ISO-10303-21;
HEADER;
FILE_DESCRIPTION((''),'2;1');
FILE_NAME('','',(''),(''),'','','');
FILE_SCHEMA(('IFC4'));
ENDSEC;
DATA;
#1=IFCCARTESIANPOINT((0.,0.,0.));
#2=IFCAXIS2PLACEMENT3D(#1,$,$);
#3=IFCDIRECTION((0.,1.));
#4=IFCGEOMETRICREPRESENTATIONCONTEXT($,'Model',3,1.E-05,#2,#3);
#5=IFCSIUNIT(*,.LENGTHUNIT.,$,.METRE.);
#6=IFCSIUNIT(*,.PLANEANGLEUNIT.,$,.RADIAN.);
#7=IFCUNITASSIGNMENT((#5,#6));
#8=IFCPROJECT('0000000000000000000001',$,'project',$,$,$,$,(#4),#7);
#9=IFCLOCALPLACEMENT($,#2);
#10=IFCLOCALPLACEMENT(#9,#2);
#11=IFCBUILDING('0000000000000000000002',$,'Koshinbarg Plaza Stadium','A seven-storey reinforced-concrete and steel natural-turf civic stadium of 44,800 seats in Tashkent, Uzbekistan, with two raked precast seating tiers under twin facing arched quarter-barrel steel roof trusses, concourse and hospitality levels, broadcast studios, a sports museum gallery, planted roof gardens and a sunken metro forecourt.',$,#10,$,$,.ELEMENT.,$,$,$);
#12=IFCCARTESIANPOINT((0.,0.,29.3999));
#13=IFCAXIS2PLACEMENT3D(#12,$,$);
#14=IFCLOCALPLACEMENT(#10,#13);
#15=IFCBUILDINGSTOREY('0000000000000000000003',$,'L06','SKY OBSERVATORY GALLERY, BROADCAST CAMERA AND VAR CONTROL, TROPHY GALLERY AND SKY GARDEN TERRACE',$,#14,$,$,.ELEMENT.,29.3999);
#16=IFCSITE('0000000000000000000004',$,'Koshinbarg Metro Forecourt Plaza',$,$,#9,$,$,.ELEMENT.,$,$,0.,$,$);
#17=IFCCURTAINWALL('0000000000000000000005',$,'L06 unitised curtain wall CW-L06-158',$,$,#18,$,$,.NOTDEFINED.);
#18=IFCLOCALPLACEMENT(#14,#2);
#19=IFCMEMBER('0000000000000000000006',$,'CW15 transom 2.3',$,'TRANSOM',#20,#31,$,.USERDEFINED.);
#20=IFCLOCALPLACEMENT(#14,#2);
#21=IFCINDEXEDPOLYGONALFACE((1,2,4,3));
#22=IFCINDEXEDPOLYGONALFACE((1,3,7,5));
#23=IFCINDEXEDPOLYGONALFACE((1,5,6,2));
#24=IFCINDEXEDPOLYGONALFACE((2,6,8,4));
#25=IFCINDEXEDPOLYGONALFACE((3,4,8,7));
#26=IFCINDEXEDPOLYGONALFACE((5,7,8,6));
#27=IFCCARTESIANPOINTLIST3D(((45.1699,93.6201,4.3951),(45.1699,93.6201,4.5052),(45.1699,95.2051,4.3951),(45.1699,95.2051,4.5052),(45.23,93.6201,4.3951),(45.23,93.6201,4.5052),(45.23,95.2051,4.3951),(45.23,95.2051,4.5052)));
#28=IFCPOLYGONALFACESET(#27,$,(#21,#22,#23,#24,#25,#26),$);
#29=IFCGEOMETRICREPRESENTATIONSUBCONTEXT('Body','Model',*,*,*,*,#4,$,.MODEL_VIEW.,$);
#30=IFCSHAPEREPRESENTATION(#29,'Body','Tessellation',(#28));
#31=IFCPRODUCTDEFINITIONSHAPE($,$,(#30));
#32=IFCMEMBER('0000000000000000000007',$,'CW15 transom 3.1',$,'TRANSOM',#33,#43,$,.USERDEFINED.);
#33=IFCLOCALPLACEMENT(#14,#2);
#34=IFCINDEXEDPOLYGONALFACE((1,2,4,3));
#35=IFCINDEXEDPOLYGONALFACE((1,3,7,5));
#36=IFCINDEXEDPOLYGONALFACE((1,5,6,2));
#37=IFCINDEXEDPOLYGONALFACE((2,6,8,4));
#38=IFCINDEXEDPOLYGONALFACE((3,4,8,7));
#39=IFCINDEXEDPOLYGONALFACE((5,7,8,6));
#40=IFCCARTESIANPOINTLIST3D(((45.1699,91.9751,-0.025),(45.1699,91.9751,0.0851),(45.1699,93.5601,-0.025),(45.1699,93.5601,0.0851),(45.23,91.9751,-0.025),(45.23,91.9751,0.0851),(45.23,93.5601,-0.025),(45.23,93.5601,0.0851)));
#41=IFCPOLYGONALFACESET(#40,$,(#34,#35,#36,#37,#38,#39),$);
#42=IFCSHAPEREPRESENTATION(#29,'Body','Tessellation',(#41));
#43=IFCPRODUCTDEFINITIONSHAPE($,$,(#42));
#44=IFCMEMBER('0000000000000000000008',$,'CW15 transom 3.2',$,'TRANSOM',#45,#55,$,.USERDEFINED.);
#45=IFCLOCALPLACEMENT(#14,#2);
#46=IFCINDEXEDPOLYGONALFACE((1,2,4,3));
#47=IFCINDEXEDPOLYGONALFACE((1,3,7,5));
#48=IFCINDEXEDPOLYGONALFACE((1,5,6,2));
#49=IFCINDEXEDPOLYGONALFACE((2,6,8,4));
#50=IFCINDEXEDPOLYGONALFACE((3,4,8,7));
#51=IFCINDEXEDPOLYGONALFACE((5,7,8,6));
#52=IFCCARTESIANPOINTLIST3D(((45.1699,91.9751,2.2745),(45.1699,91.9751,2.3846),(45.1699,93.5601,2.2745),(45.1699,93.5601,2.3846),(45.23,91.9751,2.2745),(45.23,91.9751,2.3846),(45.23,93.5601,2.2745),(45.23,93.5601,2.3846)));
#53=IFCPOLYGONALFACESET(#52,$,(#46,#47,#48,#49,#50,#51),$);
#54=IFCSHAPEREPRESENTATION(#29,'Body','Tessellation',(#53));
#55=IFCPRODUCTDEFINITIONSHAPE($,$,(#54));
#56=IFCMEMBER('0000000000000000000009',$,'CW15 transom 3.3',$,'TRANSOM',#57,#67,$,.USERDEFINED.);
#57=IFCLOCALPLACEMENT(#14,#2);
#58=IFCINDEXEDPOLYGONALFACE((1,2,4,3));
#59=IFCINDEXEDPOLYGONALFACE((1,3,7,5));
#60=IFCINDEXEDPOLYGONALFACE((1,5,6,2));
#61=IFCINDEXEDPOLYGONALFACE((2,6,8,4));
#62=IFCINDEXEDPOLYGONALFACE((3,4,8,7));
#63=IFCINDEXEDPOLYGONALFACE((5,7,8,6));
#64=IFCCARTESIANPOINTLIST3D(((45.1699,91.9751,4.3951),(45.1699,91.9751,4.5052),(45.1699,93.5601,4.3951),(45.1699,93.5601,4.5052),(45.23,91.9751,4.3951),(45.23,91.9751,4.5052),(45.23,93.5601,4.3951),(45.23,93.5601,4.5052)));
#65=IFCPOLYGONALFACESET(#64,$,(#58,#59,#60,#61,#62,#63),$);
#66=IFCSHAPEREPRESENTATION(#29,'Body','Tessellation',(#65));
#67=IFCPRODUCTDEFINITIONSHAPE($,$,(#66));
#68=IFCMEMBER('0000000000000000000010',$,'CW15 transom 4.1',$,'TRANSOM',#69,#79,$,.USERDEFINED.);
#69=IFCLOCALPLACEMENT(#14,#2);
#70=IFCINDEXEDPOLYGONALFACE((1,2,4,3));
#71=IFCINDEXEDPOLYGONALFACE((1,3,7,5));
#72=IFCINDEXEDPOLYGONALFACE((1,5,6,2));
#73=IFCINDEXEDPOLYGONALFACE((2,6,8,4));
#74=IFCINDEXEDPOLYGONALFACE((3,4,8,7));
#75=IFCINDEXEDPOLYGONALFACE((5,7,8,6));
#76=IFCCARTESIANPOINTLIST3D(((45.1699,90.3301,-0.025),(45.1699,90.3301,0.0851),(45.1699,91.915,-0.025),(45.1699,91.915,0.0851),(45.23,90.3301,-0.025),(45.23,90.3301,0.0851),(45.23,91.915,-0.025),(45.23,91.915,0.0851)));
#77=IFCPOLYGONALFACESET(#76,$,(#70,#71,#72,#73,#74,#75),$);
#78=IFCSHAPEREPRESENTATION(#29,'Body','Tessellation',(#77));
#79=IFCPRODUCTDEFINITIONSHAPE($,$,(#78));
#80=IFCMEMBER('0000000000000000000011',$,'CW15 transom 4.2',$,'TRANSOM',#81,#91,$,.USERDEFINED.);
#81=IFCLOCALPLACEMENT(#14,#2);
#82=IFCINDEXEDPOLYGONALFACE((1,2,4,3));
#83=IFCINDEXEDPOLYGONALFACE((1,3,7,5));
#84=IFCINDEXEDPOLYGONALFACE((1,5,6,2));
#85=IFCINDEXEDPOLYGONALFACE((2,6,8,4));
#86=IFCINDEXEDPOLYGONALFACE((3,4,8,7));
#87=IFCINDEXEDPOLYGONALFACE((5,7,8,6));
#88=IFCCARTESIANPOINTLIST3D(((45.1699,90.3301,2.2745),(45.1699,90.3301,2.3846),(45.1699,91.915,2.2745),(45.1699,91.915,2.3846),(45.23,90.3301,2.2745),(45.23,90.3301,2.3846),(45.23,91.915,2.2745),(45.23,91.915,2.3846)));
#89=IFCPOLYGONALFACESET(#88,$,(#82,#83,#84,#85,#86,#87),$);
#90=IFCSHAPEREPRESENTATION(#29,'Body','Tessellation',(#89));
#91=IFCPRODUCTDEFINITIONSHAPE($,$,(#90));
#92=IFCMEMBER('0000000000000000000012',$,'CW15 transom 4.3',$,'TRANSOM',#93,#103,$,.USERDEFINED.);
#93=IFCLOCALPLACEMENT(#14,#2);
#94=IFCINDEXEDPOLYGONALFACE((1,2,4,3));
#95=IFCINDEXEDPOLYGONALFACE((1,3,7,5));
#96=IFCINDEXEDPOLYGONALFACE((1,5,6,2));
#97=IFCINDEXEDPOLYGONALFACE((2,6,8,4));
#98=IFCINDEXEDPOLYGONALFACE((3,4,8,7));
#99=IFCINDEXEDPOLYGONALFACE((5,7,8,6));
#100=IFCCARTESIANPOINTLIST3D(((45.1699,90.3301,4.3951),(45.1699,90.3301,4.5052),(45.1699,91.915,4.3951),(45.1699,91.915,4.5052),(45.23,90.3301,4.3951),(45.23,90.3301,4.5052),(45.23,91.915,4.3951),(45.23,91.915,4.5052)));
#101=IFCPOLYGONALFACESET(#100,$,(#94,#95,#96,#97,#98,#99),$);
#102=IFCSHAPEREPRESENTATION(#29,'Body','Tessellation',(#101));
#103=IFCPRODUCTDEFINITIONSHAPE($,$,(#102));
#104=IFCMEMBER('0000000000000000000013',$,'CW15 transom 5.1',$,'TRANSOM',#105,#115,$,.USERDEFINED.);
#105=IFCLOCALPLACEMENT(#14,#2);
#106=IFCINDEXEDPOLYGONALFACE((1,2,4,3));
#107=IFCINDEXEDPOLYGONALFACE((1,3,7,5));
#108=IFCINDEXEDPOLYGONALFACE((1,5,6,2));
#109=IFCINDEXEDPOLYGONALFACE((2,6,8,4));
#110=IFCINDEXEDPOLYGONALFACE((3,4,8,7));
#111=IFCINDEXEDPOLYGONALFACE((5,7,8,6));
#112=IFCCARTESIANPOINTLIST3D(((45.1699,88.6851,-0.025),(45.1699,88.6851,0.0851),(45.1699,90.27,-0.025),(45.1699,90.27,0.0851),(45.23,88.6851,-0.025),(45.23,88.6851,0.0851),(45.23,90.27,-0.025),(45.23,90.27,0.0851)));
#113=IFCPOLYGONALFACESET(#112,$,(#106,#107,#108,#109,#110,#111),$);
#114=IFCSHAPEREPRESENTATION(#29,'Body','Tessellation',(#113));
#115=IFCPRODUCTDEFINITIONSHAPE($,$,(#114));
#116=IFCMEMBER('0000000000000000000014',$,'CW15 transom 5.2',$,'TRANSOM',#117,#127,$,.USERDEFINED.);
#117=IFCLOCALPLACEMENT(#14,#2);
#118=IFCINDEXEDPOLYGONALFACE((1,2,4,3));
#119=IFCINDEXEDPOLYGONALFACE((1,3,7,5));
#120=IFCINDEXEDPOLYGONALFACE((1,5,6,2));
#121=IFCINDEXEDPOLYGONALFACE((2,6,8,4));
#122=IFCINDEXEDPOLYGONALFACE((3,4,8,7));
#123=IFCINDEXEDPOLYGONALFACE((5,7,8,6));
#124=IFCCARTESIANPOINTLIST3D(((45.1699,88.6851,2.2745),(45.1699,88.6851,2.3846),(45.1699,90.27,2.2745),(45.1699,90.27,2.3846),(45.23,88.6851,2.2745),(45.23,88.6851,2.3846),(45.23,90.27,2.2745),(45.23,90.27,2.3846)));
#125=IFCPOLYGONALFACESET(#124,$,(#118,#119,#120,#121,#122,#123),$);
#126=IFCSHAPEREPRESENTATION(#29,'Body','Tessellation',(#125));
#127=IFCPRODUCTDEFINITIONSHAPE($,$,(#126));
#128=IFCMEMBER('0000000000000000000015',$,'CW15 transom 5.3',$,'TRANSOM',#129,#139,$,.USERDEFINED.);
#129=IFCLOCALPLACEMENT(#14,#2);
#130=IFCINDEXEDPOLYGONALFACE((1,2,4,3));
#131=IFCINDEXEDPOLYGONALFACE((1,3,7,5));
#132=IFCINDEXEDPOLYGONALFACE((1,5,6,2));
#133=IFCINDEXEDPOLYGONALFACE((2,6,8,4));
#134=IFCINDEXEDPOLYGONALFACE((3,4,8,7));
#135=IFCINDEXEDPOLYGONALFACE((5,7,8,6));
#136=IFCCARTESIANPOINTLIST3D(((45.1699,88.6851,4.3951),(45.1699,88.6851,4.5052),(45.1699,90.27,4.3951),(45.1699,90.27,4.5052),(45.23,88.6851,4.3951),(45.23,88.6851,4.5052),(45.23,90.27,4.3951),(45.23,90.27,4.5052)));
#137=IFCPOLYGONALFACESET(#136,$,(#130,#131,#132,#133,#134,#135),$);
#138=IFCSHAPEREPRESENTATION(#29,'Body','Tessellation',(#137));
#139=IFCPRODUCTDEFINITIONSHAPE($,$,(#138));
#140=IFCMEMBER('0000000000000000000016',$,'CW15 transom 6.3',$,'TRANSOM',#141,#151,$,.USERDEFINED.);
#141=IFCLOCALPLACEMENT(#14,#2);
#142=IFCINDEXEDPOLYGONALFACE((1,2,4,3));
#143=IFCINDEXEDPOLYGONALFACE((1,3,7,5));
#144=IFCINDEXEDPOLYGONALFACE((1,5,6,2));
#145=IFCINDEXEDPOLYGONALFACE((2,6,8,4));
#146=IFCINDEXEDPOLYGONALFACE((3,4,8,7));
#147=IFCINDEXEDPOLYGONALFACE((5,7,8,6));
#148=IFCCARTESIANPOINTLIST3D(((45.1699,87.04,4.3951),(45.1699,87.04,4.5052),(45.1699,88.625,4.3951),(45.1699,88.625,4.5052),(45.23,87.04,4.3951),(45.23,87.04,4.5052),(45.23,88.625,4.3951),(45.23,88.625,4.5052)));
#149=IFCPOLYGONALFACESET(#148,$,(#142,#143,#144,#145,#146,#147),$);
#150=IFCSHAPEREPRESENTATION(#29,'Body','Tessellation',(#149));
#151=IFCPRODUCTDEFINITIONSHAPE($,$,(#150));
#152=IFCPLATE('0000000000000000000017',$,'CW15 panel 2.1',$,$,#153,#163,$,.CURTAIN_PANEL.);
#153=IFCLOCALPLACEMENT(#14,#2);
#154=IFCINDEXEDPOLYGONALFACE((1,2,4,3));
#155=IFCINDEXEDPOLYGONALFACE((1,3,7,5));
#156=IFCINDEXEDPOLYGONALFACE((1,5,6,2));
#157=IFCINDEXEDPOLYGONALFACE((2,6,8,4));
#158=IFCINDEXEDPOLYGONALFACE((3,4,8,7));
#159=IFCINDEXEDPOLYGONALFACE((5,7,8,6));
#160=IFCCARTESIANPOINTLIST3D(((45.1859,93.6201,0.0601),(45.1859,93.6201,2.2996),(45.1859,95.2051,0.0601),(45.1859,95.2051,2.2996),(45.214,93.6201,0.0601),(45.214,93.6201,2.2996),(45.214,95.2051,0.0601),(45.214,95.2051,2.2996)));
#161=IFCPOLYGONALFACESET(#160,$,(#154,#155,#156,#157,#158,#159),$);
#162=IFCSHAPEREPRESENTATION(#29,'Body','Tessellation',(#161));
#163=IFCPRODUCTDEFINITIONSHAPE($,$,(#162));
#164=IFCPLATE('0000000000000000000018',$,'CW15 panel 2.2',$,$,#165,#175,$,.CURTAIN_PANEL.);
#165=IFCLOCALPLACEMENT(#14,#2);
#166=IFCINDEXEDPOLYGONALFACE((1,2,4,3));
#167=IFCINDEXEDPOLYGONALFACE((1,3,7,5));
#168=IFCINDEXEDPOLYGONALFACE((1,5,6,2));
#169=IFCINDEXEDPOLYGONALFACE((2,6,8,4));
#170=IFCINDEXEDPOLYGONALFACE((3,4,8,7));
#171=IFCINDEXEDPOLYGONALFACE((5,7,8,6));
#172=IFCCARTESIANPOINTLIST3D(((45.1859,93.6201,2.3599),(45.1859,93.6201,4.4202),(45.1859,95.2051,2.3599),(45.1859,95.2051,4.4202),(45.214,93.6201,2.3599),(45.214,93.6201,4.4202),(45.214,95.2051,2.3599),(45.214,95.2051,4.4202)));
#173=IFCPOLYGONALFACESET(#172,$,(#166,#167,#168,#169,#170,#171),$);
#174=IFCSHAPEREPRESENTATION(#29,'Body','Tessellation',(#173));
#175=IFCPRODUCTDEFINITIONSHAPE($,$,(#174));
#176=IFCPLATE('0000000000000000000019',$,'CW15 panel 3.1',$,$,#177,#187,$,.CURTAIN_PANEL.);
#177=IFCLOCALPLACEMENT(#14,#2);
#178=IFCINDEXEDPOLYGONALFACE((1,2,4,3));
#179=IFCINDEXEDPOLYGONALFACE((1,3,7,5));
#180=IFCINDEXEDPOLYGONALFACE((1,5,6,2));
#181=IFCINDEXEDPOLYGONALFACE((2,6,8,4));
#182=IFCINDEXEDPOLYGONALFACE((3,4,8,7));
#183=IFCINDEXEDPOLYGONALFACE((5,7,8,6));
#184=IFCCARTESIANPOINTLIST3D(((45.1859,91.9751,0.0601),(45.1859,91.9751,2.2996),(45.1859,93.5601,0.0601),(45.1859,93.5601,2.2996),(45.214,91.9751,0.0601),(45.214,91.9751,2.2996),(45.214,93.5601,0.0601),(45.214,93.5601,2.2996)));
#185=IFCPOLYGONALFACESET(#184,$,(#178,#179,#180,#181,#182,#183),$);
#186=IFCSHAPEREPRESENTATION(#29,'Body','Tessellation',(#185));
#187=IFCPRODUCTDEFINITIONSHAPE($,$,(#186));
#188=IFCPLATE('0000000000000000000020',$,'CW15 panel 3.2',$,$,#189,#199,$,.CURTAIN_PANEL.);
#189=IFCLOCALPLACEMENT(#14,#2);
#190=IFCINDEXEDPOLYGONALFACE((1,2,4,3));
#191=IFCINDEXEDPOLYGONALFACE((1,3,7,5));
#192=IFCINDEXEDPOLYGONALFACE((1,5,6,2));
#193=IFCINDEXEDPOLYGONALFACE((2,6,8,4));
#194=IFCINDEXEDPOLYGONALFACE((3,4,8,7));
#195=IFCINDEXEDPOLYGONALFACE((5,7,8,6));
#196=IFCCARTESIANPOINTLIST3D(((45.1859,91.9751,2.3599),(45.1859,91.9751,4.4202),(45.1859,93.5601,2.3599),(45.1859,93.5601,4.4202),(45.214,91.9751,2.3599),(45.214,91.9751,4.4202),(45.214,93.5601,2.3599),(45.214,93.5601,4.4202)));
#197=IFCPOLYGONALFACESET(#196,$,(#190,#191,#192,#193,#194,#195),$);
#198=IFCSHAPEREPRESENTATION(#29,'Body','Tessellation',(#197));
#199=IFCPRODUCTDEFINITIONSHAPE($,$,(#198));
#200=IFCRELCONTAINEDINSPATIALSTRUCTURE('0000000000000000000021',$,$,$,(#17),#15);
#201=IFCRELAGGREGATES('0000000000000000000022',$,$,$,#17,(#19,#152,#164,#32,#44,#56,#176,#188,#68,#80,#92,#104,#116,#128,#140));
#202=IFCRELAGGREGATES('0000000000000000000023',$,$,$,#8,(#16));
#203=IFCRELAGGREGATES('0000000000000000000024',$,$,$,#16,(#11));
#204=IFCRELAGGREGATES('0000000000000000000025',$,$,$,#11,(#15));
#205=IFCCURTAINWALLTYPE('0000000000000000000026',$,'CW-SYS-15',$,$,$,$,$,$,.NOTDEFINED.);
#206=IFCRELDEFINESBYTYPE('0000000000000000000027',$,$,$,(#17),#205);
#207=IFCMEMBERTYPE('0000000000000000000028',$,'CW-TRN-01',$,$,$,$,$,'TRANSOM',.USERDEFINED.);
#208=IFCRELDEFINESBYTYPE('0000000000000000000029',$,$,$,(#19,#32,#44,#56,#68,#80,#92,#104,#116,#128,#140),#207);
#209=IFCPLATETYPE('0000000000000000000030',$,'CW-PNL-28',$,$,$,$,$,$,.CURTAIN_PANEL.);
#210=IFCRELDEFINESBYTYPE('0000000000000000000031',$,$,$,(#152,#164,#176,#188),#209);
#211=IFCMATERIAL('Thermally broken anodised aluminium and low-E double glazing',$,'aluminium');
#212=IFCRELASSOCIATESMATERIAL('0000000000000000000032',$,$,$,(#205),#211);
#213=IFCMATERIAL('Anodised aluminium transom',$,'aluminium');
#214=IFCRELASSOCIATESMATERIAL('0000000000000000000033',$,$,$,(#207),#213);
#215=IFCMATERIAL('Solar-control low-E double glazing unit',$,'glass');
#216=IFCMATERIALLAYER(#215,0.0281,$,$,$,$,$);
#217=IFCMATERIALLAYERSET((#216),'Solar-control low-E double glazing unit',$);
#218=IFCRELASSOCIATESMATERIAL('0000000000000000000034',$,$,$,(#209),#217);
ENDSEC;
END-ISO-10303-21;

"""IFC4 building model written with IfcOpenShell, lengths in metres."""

from ifc_helpers import new_model, si_unit, direction, frame, origin, origin_2d, place, context, subcontext, project, spatial, rectangle, extrude, material, layer, layer_set, material_profile, profile_set, type_object, element, aggregate, save


model = new_model("IFC4")

# Units and contexts
model_context = context("Model", 3, precision=1e-05, world=origin(), true_north=direction((0.0, 1.0)))
body_context = subcontext(model_context, "Body", "Model", "MODEL_VIEW")
ifc_project = project(units=[si_unit("LENGTHUNIT", "METRE"), si_unit("PLANEANGLEUNIT", "RADIAN")], contexts=[model_context])

# Site, building, storey
site_placement = place(None, origin())
site = spatial("IfcSite", under=ifc_project, at=site_placement, Name="Koshinbarg Metro Forecourt Plaza", CompositionType="ELEMENT", RefElevation=0.0)
building_placement = place(site_placement, origin())
building = spatial("IfcBuilding", under=site, at=building_placement, Name="Koshinbarg Plaza Stadium", Description="A seven-storey reinforced-concrete and steel natural-turf civic stadium of 44,800 seats in Tashkent, Uzbekistan, with two raked precast seating tiers under twin facing arched quarter-barrel steel roof trusses, concourse and hospitality levels, broadcast studios, a sports museum gallery, planted roof gardens and a sunken metro forecourt.", CompositionType="ELEMENT")
storey_placement = place(building_placement, frame((0.0, 0.0, 29.3999)))
storey = spatial("IfcBuildingStorey", under=building, at=storey_placement, Name="L06", Description="SKY OBSERVATORY GALLERY, BROADCAST CAMERA AND VAR CONTROL, TROPHY GALLERY AND SKY GARDEN TERRACE", CompositionType="ELEMENT", Elevation=29.3999)

# Curtain wall, members, plates
ifc_material_1 = material(Name="Thermally broken anodised aluminium and low-E double glazing", Category="aluminium")
curtain_wall_type = type_object("IfcCurtainWallType", Name="CW-SYS-15", PredefinedType="NOTDEFINED", material=ifc_material_1)
curtain_wall_placement = place(storey_placement, origin())
curtain_wall = element("IfcCurtainWall", 1, at=curtain_wall_placement, inside=storey, type_object=curtain_wall_type, Name="L06 unitised curtain wall CW-L06-158", PredefinedType="NOTDEFINED")
ifc_material_2 = material(Name="Anodised aluminium transom", Category="aluminium")
ifc_material_profile = material_profile(ifc_material_2, rectangle(XDim=0.0601, YDim=0.1101, at=origin_2d()), Name="ALU 60x110")
ifc_profile_set = profile_set([ifc_material_profile], Name="Anodised aluminium transom")
member_type = type_object("IfcMemberType", Name="CW-TRN-01", ElementType="TRANSOM", PredefinedType="USERDEFINED", material=ifc_profile_set)
member_1_placement = place(storey_placement, frame((45.2, 95.2051, 4.4502), z_axis=(0.0, -1.0, 0.0), x_axis=(1.0, 0.0, 0.0)))
member_1 = element("IfcMember", 2, at=member_1_placement, type_object=member_type, Name="CW15 transom 2.3", ObjectType="TRANSOM", PredefinedType="USERDEFINED", context=body_context, shape_type="SweptSolid", body=[
    extrude(rectangle(XDim=0.0601, YDim=0.1101, at=origin_2d()), origin(), (0.0, 0.0, 1.0), 1.585),
])
member_2_placement = place(storey_placement, frame((45.2, 93.5601, 0.03), z_axis=(0.0, -1.0, 0.0), x_axis=(1.0, 0.0, 0.0)))
member_2 = element("IfcMember", 3, at=member_2_placement, type_object=member_type, Name="CW15 transom 3.1", ObjectType="TRANSOM", PredefinedType="USERDEFINED", context=body_context, shape_type="SweptSolid", body=[
    extrude(rectangle(XDim=0.0601, YDim=0.1101, at=origin_2d()), origin(), (0.0, 0.0, 1.0), 1.585),
])
member_3_placement = place(storey_placement, frame((45.2, 93.5601, 2.3296), z_axis=(0.0, -1.0, 0.0), x_axis=(1.0, 0.0, 0.0)))
member_3 = element("IfcMember", 4, at=member_3_placement, type_object=member_type, Name="CW15 transom 3.2", ObjectType="TRANSOM", PredefinedType="USERDEFINED", context=body_context, shape_type="SweptSolid", body=[
    extrude(rectangle(XDim=0.0601, YDim=0.1101, at=origin_2d()), origin(), (0.0, 0.0, 1.0), 1.585),
])
member_4_placement = place(storey_placement, frame((45.2, 93.5601, 4.4502), z_axis=(0.0, -1.0, 0.0), x_axis=(1.0, 0.0, 0.0)))
member_4 = element("IfcMember", 5, at=member_4_placement, type_object=member_type, Name="CW15 transom 3.3", ObjectType="TRANSOM", PredefinedType="USERDEFINED", context=body_context, shape_type="SweptSolid", body=[
    extrude(rectangle(XDim=0.0601, YDim=0.1101, at=origin_2d()), origin(), (0.0, 0.0, 1.0), 1.585),
])
member_5_placement = place(storey_placement, frame((45.2, 91.915, 0.03), z_axis=(0.0, -1.0, 0.0), x_axis=(1.0, 0.0, 0.0)))
member_5 = element("IfcMember", 6, at=member_5_placement, type_object=member_type, Name="CW15 transom 4.1", ObjectType="TRANSOM", PredefinedType="USERDEFINED", context=body_context, shape_type="SweptSolid", body=[
    extrude(rectangle(XDim=0.0601, YDim=0.1101, at=origin_2d()), origin(), (0.0, 0.0, 1.0), 1.585),
])
member_6_placement = place(storey_placement, frame((45.2, 91.915, 2.3296), z_axis=(0.0, -1.0, 0.0), x_axis=(1.0, 0.0, 0.0)))
member_6 = element("IfcMember", 7, at=member_6_placement, type_object=member_type, Name="CW15 transom 4.2", ObjectType="TRANSOM", PredefinedType="USERDEFINED", context=body_context, shape_type="SweptSolid", body=[
    extrude(rectangle(XDim=0.0601, YDim=0.1101, at=origin_2d()), origin(), (0.0, 0.0, 1.0), 1.585),
])
member_7_placement = place(storey_placement, frame((45.2, 91.915, 4.4502), z_axis=(0.0, -1.0, 0.0), x_axis=(1.0, 0.0, 0.0)))
member_7 = element("IfcMember", 8, at=member_7_placement, type_object=member_type, Name="CW15 transom 4.3", ObjectType="TRANSOM", PredefinedType="USERDEFINED", context=body_context, shape_type="SweptSolid", body=[
    extrude(rectangle(XDim=0.0601, YDim=0.1101, at=origin_2d()), origin(), (0.0, 0.0, 1.0), 1.585),
])
member_8_placement = place(storey_placement, frame((45.2, 90.27, 0.03), z_axis=(0.0, -1.0, 0.0), x_axis=(1.0, 0.0, 0.0)))
member_8 = element("IfcMember", 9, at=member_8_placement, type_object=member_type, Name="CW15 transom 5.1", ObjectType="TRANSOM", PredefinedType="USERDEFINED", context=body_context, shape_type="SweptSolid", body=[
    extrude(rectangle(XDim=0.0601, YDim=0.1101, at=origin_2d()), origin(), (0.0, 0.0, 1.0), 1.585),
])
member_9_placement = place(storey_placement, frame((45.2, 90.27, 2.3296), z_axis=(0.0, -1.0, 0.0), x_axis=(1.0, 0.0, 0.0)))
member_9 = element("IfcMember", 10, at=member_9_placement, type_object=member_type, Name="CW15 transom 5.2", ObjectType="TRANSOM", PredefinedType="USERDEFINED", context=body_context, shape_type="SweptSolid", body=[
    extrude(rectangle(XDim=0.0601, YDim=0.1101, at=origin_2d()), origin(), (0.0, 0.0, 1.0), 1.585),
])
member_10_placement = place(storey_placement, frame((45.2, 90.27, 4.4502), z_axis=(0.0, -1.0, 0.0), x_axis=(1.0, 0.0, 0.0)))
member_10 = element("IfcMember", 11, at=member_10_placement, type_object=member_type, Name="CW15 transom 5.3", ObjectType="TRANSOM", PredefinedType="USERDEFINED", context=body_context, shape_type="SweptSolid", body=[
    extrude(rectangle(XDim=0.0601, YDim=0.1101, at=origin_2d()), origin(), (0.0, 0.0, 1.0), 1.585),
])
member_11_placement = place(storey_placement, frame((45.2, 88.625, 4.4502), z_axis=(0.0, -1.0, 0.0), x_axis=(1.0, 0.0, 0.0)))
member_11 = element("IfcMember", 12, at=member_11_placement, type_object=member_type, Name="CW15 transom 6.3", ObjectType="TRANSOM", PredefinedType="USERDEFINED", context=body_context, shape_type="SweptSolid", body=[
    extrude(rectangle(XDim=0.0601, YDim=0.1101, at=origin_2d()), origin(), (0.0, 0.0, 1.0), 1.585),
])
ifc_material_3 = material(Name="Solar-control low-E double glazing unit", Category="glass")
ifc_layer = layer(ifc_material_3, 0.0281)
ifc_layer_set = layer_set([ifc_layer], Name="Solar-control low-E double glazing unit")
plate_type = type_object("IfcPlateType", Name="CW-PNL-28", PredefinedType="CURTAIN_PANEL", material=ifc_layer_set)
plate_1_placement = place(storey_placement, frame((45.2, 94.4126, 0.0601), z_axis=(0.0, 0.0, 1.0), x_axis=(0.0, -1.0, 0.0)))
plate_1 = element("IfcPlate", 13, at=plate_1_placement, type_object=plate_type, Name="CW15 panel 2.1", PredefinedType="CURTAIN_PANEL", context=body_context, shape_type="SweptSolid", body=[
    extrude(rectangle(XDim=1.585, YDim=0.0281, at=origin_2d()), origin(), (0.0, 0.0, 1.0), 2.2395),
])
plate_2_placement = place(storey_placement, frame((45.2, 94.4126, 2.3599), z_axis=(0.0, 0.0, 1.0), x_axis=(0.0, -1.0, 0.0)))
plate_2 = element("IfcPlate", 14, at=plate_2_placement, type_object=plate_type, Name="CW15 panel 2.2", PredefinedType="CURTAIN_PANEL", context=body_context, shape_type="SweptSolid", body=[
    extrude(rectangle(XDim=1.585, YDim=0.0281, at=origin_2d()), origin(), (0.0, 0.0, 1.0), 2.0603),
])
plate_3_placement = place(storey_placement, frame((45.2, 92.7676, 0.0601), z_axis=(0.0, 0.0, 1.0), x_axis=(0.0, -1.0, 0.0)))
plate_3 = element("IfcPlate", 15, at=plate_3_placement, type_object=plate_type, Name="CW15 panel 3.1", PredefinedType="CURTAIN_PANEL", context=body_context, shape_type="SweptSolid", body=[
    extrude(rectangle(XDim=1.585, YDim=0.0281, at=origin_2d()), origin(), (0.0, 0.0, 1.0), 2.2395),
])
plate_4_placement = place(storey_placement, frame((45.2, 92.7676, 2.3599), z_axis=(0.0, 0.0, 1.0), x_axis=(0.0, -1.0, 0.0)))
plate_4 = element("IfcPlate", 16, at=plate_4_placement, type_object=plate_type, Name="CW15 panel 3.2", PredefinedType="CURTAIN_PANEL", context=body_context, shape_type="SweptSolid", body=[
    extrude(rectangle(XDim=1.585, YDim=0.0281, at=origin_2d()), origin(), (0.0, 0.0, 1.0), 2.0603),
])
aggregate(curtain_wall, [member_1, plate_1, plate_2, member_2, member_3, member_4, plate_3, plate_4, member_5, member_6, member_7, member_8, member_9, member_10, member_11])

save(model, "model.ifc")
